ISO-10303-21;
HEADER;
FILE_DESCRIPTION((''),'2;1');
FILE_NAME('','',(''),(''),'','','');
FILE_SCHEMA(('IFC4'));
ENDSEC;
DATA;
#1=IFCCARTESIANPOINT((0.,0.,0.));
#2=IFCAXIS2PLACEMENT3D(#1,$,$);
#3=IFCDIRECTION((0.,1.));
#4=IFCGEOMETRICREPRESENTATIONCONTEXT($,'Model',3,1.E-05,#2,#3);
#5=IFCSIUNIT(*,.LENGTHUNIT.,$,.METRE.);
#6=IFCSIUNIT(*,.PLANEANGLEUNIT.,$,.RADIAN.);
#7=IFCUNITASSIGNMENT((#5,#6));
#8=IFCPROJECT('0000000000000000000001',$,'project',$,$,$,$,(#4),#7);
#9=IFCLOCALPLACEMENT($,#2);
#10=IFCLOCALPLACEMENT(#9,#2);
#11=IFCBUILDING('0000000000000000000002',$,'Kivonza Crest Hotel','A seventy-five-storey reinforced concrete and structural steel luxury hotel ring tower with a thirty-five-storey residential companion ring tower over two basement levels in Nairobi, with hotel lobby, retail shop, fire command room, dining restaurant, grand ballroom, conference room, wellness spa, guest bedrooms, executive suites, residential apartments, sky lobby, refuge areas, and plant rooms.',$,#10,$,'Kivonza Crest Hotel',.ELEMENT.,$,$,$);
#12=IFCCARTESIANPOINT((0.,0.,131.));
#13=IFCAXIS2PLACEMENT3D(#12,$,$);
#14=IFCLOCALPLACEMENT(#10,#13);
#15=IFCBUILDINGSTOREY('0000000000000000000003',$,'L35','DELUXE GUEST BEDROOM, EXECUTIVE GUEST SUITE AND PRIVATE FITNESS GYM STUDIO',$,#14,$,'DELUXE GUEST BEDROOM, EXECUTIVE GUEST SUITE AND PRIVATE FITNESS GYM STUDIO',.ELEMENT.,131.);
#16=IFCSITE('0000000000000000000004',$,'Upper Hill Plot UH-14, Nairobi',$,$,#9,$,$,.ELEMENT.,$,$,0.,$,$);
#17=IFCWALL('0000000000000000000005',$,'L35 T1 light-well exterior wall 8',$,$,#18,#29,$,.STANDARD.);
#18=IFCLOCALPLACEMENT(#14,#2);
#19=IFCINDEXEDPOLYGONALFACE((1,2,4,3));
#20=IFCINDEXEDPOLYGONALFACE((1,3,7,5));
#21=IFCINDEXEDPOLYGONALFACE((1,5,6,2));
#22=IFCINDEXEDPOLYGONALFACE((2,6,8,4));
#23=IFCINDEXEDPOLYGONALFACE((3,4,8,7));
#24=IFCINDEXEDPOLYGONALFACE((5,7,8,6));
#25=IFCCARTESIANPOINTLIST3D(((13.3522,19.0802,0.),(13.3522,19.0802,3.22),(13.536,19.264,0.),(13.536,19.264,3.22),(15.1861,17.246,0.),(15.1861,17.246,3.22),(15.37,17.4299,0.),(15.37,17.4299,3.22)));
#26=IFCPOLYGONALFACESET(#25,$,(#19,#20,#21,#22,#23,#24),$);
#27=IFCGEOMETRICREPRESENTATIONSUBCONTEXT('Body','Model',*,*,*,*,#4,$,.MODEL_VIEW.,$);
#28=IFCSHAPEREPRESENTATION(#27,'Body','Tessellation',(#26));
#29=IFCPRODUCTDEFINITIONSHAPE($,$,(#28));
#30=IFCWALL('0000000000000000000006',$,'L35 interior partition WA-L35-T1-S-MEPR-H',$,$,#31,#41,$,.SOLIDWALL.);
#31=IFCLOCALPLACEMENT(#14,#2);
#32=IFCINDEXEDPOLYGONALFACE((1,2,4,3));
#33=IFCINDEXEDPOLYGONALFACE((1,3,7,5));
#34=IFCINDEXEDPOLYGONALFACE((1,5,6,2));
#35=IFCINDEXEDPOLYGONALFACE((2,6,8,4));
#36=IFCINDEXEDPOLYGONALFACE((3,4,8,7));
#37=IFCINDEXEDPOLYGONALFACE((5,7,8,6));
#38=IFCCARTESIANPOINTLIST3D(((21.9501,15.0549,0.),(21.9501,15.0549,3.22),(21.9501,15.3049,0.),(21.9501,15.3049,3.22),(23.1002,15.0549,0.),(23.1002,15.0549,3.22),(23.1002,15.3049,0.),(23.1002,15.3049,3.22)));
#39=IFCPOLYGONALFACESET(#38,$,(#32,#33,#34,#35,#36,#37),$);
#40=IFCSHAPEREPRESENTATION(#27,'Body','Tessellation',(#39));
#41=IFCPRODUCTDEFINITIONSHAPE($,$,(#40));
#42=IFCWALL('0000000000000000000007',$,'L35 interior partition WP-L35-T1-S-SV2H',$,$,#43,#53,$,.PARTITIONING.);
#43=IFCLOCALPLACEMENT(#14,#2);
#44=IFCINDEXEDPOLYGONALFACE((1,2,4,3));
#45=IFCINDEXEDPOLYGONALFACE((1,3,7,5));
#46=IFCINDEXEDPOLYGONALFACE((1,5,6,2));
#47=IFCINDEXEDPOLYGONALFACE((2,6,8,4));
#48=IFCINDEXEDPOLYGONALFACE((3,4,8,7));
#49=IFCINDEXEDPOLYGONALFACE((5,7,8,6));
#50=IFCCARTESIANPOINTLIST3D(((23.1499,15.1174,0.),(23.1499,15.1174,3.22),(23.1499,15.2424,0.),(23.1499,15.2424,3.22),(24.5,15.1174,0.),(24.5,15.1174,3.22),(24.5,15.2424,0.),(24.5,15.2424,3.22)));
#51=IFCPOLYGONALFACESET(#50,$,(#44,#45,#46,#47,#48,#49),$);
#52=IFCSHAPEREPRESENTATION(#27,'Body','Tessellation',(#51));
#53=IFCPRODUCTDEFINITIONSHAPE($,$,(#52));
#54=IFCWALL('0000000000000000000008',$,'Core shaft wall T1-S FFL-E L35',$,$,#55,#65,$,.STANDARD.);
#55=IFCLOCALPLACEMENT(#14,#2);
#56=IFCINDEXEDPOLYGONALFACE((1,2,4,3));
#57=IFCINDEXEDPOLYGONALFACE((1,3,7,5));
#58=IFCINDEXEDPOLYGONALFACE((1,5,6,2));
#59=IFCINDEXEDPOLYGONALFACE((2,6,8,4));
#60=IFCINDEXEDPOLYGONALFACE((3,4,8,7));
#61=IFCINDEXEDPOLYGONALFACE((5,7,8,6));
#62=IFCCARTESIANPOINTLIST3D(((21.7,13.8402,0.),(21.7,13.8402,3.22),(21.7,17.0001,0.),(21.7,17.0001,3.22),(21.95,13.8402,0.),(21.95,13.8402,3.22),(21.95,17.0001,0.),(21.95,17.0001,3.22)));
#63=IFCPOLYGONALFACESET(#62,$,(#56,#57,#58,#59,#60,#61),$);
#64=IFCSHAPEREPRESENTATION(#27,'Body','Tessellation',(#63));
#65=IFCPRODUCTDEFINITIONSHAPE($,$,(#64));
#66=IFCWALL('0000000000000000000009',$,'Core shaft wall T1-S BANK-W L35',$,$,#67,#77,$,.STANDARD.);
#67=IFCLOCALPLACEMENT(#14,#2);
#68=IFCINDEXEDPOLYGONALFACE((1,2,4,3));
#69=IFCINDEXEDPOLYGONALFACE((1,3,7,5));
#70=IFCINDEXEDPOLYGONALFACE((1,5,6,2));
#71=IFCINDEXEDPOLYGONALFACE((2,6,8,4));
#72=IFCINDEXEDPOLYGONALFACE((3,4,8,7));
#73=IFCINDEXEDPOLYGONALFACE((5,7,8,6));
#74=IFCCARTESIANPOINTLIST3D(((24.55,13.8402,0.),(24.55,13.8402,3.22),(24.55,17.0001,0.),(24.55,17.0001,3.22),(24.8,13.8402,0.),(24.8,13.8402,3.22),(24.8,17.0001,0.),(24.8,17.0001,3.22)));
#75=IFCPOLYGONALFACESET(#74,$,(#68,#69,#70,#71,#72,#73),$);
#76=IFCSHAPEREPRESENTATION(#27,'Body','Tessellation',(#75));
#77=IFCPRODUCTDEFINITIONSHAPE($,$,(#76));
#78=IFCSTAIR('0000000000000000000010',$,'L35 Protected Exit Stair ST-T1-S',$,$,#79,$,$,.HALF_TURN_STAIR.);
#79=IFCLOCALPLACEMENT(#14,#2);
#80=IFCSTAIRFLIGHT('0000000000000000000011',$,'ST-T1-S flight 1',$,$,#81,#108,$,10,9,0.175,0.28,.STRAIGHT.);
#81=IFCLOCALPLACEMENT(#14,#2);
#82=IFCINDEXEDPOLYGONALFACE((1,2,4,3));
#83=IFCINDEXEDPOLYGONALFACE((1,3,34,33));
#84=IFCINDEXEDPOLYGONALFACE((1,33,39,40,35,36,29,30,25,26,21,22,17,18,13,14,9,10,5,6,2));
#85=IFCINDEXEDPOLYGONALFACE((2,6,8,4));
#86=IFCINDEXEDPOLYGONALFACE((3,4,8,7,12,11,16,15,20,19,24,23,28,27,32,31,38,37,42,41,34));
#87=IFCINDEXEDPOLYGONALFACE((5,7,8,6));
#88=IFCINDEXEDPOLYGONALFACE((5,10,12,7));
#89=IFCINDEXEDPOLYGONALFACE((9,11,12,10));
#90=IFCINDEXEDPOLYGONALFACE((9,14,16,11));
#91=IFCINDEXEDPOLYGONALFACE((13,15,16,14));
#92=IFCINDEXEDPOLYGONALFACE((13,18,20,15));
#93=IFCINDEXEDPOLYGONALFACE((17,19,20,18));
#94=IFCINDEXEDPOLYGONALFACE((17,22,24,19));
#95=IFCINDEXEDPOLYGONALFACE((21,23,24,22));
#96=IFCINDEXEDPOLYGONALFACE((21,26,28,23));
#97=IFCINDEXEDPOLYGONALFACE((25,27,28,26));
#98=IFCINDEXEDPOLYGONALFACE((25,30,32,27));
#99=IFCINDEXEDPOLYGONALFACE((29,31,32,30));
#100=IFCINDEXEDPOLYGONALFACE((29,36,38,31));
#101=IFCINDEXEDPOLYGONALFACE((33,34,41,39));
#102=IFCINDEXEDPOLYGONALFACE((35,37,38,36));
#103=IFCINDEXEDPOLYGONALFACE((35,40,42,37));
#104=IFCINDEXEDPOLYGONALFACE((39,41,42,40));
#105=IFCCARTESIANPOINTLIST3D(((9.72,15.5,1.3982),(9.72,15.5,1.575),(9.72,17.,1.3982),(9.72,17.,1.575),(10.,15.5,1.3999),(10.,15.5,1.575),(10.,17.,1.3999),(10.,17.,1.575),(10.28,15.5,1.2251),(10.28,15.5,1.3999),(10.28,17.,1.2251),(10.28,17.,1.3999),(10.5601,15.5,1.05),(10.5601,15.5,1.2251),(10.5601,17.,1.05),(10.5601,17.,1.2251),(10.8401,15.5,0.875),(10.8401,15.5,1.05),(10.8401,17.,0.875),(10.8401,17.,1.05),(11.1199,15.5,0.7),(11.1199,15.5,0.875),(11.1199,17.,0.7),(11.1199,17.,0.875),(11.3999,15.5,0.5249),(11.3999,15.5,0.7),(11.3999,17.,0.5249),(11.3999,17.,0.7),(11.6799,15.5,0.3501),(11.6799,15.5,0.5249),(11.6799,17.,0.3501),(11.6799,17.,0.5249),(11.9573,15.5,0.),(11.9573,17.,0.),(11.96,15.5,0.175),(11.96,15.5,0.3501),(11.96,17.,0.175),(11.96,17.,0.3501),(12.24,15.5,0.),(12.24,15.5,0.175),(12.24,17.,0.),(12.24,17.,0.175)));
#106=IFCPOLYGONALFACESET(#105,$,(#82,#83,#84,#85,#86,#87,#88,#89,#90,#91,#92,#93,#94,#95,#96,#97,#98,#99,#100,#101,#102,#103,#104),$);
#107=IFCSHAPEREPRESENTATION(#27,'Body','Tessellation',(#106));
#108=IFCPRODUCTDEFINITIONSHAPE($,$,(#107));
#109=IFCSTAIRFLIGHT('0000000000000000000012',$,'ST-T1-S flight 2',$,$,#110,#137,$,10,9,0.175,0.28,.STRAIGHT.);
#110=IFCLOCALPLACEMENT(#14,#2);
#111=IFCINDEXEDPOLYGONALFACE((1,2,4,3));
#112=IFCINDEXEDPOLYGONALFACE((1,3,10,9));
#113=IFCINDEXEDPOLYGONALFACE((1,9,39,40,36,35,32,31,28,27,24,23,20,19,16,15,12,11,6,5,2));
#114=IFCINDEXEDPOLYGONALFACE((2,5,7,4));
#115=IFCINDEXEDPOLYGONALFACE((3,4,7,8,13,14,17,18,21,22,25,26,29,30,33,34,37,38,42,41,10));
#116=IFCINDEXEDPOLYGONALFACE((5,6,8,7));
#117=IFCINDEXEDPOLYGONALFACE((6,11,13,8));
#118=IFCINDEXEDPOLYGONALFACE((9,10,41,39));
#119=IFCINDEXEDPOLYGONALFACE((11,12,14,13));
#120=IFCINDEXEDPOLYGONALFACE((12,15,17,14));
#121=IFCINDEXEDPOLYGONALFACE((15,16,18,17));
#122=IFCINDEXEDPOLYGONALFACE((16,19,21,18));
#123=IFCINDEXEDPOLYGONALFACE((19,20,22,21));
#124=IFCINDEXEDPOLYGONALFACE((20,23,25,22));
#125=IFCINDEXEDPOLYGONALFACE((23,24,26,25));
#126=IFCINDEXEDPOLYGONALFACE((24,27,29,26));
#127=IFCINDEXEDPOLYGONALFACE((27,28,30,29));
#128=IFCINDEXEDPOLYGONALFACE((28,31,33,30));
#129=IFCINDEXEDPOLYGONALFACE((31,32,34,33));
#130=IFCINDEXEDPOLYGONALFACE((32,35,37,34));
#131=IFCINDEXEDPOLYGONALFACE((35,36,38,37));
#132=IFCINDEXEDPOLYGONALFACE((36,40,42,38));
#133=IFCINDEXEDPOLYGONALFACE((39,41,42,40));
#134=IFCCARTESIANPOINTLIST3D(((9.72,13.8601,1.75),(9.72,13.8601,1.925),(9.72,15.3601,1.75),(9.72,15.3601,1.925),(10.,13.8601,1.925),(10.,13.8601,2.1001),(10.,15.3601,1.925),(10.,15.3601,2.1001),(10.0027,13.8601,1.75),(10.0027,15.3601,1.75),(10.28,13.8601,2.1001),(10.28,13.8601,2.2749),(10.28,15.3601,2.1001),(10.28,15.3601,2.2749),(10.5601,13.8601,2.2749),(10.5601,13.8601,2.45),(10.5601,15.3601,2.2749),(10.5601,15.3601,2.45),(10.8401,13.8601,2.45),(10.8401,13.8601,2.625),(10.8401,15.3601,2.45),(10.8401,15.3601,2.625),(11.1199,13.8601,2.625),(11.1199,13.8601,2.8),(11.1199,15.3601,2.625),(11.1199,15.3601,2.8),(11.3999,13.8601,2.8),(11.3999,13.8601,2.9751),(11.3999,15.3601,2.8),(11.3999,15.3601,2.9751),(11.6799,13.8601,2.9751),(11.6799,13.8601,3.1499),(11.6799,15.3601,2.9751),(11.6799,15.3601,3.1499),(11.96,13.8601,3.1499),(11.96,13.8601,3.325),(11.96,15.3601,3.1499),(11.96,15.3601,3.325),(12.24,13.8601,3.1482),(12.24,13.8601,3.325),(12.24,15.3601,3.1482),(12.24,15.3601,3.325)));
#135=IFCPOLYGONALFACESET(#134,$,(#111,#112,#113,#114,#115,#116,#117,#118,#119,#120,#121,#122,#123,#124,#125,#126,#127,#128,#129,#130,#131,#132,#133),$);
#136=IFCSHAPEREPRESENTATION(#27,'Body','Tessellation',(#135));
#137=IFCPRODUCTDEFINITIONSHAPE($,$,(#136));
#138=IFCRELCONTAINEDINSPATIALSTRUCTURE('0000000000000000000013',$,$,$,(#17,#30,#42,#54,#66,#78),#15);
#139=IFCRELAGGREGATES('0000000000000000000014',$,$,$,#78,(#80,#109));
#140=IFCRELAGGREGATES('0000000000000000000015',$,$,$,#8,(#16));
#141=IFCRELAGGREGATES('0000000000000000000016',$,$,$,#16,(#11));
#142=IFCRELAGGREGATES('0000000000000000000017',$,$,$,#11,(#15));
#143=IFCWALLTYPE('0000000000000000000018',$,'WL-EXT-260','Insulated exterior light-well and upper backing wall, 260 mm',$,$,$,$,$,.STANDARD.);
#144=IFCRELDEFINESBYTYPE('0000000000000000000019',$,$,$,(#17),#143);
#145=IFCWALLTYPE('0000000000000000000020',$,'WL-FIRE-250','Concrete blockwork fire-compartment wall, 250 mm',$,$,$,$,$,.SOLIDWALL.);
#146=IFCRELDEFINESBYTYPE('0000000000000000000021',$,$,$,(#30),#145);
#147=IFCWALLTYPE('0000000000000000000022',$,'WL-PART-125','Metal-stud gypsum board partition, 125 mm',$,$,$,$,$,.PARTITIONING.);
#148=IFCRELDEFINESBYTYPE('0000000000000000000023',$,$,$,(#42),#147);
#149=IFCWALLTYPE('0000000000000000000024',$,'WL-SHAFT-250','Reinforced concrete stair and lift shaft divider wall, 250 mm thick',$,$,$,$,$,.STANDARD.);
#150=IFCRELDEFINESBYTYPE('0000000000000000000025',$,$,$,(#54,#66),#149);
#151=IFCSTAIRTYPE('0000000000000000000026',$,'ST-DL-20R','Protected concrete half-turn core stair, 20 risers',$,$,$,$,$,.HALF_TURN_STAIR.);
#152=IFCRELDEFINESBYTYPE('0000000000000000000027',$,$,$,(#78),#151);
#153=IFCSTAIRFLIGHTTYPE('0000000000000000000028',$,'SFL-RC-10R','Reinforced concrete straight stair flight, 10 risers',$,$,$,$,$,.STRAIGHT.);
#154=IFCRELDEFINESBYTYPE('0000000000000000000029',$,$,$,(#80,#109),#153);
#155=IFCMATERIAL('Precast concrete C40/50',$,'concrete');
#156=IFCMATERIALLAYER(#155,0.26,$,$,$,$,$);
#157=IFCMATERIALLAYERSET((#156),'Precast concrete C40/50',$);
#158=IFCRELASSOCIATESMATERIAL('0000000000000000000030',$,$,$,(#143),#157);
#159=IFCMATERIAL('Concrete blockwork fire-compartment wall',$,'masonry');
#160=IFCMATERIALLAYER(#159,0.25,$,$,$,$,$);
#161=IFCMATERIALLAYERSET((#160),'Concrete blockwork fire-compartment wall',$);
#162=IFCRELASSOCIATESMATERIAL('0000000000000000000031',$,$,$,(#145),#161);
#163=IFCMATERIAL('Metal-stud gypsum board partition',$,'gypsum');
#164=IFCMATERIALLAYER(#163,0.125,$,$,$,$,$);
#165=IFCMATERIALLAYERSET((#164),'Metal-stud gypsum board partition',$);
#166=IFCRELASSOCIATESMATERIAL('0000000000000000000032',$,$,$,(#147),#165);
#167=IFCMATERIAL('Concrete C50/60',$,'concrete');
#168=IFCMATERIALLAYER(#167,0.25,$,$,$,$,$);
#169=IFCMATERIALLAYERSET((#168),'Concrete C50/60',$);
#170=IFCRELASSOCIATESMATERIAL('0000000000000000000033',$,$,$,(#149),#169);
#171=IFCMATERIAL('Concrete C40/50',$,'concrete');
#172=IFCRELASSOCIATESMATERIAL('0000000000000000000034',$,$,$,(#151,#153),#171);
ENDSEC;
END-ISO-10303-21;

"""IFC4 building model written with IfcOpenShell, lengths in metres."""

from ifc_helpers import new_model, si_unit, direction, frame, frame_2d, origin, place, context, subcontext, project, spatial, polyline, rectangle, outline, extrude, material, layer, layer_set, type_object, element, aggregate, save


model = new_model("IFC4")

# Units and contexts
model_context = context("Model", 3, precision=1e-05, world=origin(), true_north=direction((0.0, 1.0)))
body_context = subcontext(model_context, "Body", "Model", "MODEL_VIEW")
ifc_project = project(units=[si_unit("LENGTHUNIT", "METRE"), si_unit("PLANEANGLEUNIT", "RADIAN")], contexts=[model_context])

# Site, building, storey
site_placement = place(None, origin())
site = spatial("IfcSite", under=ifc_project, at=site_placement, Name="Upper Hill Plot UH-14, Nairobi", CompositionType="ELEMENT", RefElevation=0.0)
building_placement = place(site_placement, origin())
building = spatial("IfcBuilding", under=site, at=building_placement, Name="Kivonza Crest Hotel", Description="A seventy-five-storey reinforced concrete and structural steel luxury hotel ring tower with a thirty-five-storey residential companion ring tower over two basement levels in Nairobi, with hotel lobby, retail shop, fire command room, dining restaurant, grand ballroom, conference room, wellness spa, guest bedrooms, executive suites, residential apartments, sky lobby, refuge areas, and plant rooms.", LongName="Kivonza Crest Hotel", CompositionType="ELEMENT")
storey_placement = place(building_placement, frame((0.0, 0.0, 131.0)))
storey = spatial("IfcBuildingStorey", under=building, at=storey_placement, Name="L35", Description="DELUXE GUEST BEDROOM, EXECUTIVE GUEST SUITE AND PRIVATE FITNESS GYM STUDIO", LongName="DELUXE GUEST BEDROOM, EXECUTIVE GUEST SUITE AND PRIVATE FITNESS GYM STUDIO", CompositionType="ELEMENT", Elevation=131.0)

# Shared definitions
ifc_material_1 = material(Name="Concrete C50/60", Category="concrete")

# Walls
ifc_material_2 = material(Name="Precast concrete C40/50", Category="concrete")
ifc_layer_1 = layer(ifc_material_2, 0.26)
ifc_layer_set_1 = layer_set([ifc_layer_1], Name="Precast concrete C40/50")
wall_type_1 = type_object("IfcWallType", Name="WL-EXT-260", Description="Insulated exterior light-well and upper backing wall, 260 mm", PredefinedType="STANDARD", material=ifc_layer_set_1)
wall_1_placement = place(storey_placement, frame((13.4441, 19.1721, 0.0), z_axis=(0.0, 0.0, 1.0), x_axis=(0.70706, -0.707154, 0.0)))
element("IfcWall", 1, at=wall_1_placement, inside=storey, type_object=wall_type_1, Name="L35 T1 light-well exterior wall 8", PredefinedType="STANDARD", context=body_context, shape_type="SweptSolid", body=[
    extrude(rectangle(XDim=2.5938, YDim=0.26, at=frame_2d((1.2969, 0.0))), origin(), (0.0, 0.0, 1.0), 3.22),
])
ifc_material_3 = material(Name="Concrete blockwork fire-compartment wall", Category="masonry")
ifc_layer_2 = layer(ifc_material_3, 0.25)
ifc_layer_set_2 = layer_set([ifc_layer_2], Name="Concrete blockwork fire-compartment wall")
wall_type_2 = type_object("IfcWallType", Name="WL-FIRE-250", Description="Concrete blockwork fire-compartment wall, 250 mm", PredefinedType="SOLIDWALL", material=ifc_layer_set_2)
wall_2_placement = place(storey_placement, frame((21.95, 15.1799, 0.0), z_axis=(0.0, 0.0, 1.0), x_axis=(1.0, 0.0, 0.0)))
element("IfcWall", 2, at=wall_2_placement, inside=storey, type_object=wall_type_2, Name="L35 interior partition WA-L35-T1-S-MEPR-H", PredefinedType="SOLIDWALL", context=body_context, shape_type="SweptSolid", body=[
    extrude(rectangle(XDim=1.1501, YDim=0.25, at=frame_2d((0.5752, 0.0))), origin(), (0.0, 0.0, 1.0), 3.22),
])
ifc_material_4 = material(Name="Metal-stud gypsum board partition", Category="gypsum")
ifc_layer_3 = layer(ifc_material_4, 0.125)
ifc_layer_set_3 = layer_set([ifc_layer_3], Name="Metal-stud gypsum board partition")
wall_type_3 = type_object("IfcWallType", Name="WL-PART-125", Description="Metal-stud gypsum board partition, 125 mm", PredefinedType="PARTITIONING", material=ifc_layer_set_3)
wall_3_placement = place(storey_placement, frame((23.1499, 15.1799, 0.0), z_axis=(0.0, 0.0, 1.0), x_axis=(1.0, 0.0, 0.0)))
element("IfcWall", 3, at=wall_3_placement, inside=storey, type_object=wall_type_3, Name="L35 interior partition WP-L35-T1-S-SV2H", PredefinedType="PARTITIONING", context=body_context, shape_type="SweptSolid", body=[
    extrude(rectangle(XDim=1.3501, YDim=0.125, at=frame_2d((0.675, 0.0))), origin(), (0.0, 0.0, 1.0), 3.22),
])
ifc_layer_4 = layer(ifc_material_1, 0.25)
ifc_layer_set_4 = layer_set([ifc_layer_4], Name="Concrete C50/60")
wall_type_4 = type_object("IfcWallType", Name="WL-SHAFT-250", Description="Reinforced concrete stair and lift shaft divider wall, 250 mm thick", PredefinedType="STANDARD", material=ifc_layer_set_4)
for number, where, z_axis, x_axis, name in (
    (4, (21.825, 13.8401, 0.0), (0.0, 0.0, 1.0), (0.0, 1.0, 0.0), "Core shaft wall T1-S FFL-E L35"),
    (5, (24.675, 13.8401, 0.0), (0.0, 0.0, 1.0), (0.0, 1.0, 0.0), "Core shaft wall T1-S BANK-W L35"),
):
    element("IfcWall", number, at=place(storey_placement, frame(where, z_axis=z_axis, x_axis=x_axis)), inside=storey, type_object=wall_type_4, Name=name, PredefinedType="STANDARD", context=body_context, shape_type="SweptSolid", body=[
        extrude(rectangle(XDim=3.1599, YDim=0.25, at=frame_2d((1.5801, 0.0))), origin(), (0.0, 0.0, 1.0), 3.22),
    ])

# Stair, stair flights
ifc_material_5 = material(Name="Concrete C40/50", Category="concrete")
stair_type = type_object("IfcStairType", Name="ST-DL-20R", Description="Protected concrete half-turn core stair, 20 risers", PredefinedType="HALF_TURN_STAIR", material=ifc_material_5)
stair_placement = place(storey_placement, origin())
stair = element("IfcStair", 6, at=stair_placement, inside=storey, type_object=stair_type, Name="L35 Protected Exit Stair ST-T1-S", PredefinedType="HALF_TURN_STAIR")
stair_flight_type = type_object("IfcStairFlightType", Name="SFL-RC-10R", Description="Reinforced concrete straight stair flight, 10 risers", PredefinedType="STRAIGHT", material=ifc_material_5)
stair_flight_1_placement = place(storey_placement, frame((12.24, 16.25, 0.0), z_axis=(0.0, 0.0, 1.0), x_axis=(-1.0, 0.0, 0.0)))
stair_flight_1 = element("IfcStairFlight", 7, at=stair_flight_1_placement, type_object=stair_flight_type, Name="ST-T1-S flight 1", NumberOfRisers=10, NumberOfTreads=9, PredefinedType="STRAIGHT", RiserHeight=0.175, TreadLength=0.28, context=body_context, shape_type="SweptSolid", body=[
    extrude(outline(polyline([(0.0, 0.0), (0.0, 0.175), (0.28, 0.175), (0.28, 0.3501), (0.5601, 0.3501), (0.5601, 0.5249), (0.8401, 0.5249), (0.8401, 0.7), (1.1201, 0.7), (1.1201, 0.875), (1.3999, 0.875), (1.3999, 1.05), (1.6799, 1.05), (1.6799, 1.2251), (1.96, 1.2251), (1.96, 1.3999), (2.24, 1.3999), (2.24, 1.575), (2.52, 1.575), (2.52, 1.75), (2.52, 1.3982), (0.2827, 0.0), (0.0, 0.0)])), frame((0.0, 0.75, 0.0), z_axis=(0.0, -1.0, 0.0), x_axis=(1.0, 0.0, 0.0)), (0.0, 0.0, 1.0), 1.5),
])
stair_flight_2_placement = place(storey_placement, frame((9.72, 14.6101, 1.75), z_axis=(0.0, 0.0, 1.0), x_axis=(1.0, 0.0, 0.0)))
stair_flight_2 = element("IfcStairFlight", 8, at=stair_flight_2_placement, type_object=stair_flight_type, Name="ST-T1-S flight 2", NumberOfRisers=10, NumberOfTreads=9, PredefinedType="STRAIGHT", RiserHeight=0.175, TreadLength=0.28, context=body_context, shape_type="SweptSolid", body=[
    extrude(outline(polyline([(0.0, 0.0), (0.0, 0.175), (0.28, 0.175), (0.28, 0.3501), (0.5601, 0.3501), (0.5601, 0.5249), (0.8401, 0.5249), (0.8401, 0.7), (1.1201, 0.7), (1.1201, 0.875), (1.3999, 0.875), (1.3999, 1.05), (1.6799, 1.05), (1.6799, 1.2251), (1.96, 1.2251), (1.96, 1.3999), (2.24, 1.3999), (2.24, 1.575), (2.52, 1.575), (2.52, 1.75), (2.52, 1.3982), (0.2827, 0.0), (0.0, 0.0)])), frame((0.0, 0.75, 0.0), z_axis=(0.0, -1.0, 0.0), x_axis=(1.0, 0.0, 0.0)), (0.0, 0.0, 1.0), 1.5),
])
aggregate(stair, [stair_flight_1, stair_flight_2])

save(model, "model.ifc")
